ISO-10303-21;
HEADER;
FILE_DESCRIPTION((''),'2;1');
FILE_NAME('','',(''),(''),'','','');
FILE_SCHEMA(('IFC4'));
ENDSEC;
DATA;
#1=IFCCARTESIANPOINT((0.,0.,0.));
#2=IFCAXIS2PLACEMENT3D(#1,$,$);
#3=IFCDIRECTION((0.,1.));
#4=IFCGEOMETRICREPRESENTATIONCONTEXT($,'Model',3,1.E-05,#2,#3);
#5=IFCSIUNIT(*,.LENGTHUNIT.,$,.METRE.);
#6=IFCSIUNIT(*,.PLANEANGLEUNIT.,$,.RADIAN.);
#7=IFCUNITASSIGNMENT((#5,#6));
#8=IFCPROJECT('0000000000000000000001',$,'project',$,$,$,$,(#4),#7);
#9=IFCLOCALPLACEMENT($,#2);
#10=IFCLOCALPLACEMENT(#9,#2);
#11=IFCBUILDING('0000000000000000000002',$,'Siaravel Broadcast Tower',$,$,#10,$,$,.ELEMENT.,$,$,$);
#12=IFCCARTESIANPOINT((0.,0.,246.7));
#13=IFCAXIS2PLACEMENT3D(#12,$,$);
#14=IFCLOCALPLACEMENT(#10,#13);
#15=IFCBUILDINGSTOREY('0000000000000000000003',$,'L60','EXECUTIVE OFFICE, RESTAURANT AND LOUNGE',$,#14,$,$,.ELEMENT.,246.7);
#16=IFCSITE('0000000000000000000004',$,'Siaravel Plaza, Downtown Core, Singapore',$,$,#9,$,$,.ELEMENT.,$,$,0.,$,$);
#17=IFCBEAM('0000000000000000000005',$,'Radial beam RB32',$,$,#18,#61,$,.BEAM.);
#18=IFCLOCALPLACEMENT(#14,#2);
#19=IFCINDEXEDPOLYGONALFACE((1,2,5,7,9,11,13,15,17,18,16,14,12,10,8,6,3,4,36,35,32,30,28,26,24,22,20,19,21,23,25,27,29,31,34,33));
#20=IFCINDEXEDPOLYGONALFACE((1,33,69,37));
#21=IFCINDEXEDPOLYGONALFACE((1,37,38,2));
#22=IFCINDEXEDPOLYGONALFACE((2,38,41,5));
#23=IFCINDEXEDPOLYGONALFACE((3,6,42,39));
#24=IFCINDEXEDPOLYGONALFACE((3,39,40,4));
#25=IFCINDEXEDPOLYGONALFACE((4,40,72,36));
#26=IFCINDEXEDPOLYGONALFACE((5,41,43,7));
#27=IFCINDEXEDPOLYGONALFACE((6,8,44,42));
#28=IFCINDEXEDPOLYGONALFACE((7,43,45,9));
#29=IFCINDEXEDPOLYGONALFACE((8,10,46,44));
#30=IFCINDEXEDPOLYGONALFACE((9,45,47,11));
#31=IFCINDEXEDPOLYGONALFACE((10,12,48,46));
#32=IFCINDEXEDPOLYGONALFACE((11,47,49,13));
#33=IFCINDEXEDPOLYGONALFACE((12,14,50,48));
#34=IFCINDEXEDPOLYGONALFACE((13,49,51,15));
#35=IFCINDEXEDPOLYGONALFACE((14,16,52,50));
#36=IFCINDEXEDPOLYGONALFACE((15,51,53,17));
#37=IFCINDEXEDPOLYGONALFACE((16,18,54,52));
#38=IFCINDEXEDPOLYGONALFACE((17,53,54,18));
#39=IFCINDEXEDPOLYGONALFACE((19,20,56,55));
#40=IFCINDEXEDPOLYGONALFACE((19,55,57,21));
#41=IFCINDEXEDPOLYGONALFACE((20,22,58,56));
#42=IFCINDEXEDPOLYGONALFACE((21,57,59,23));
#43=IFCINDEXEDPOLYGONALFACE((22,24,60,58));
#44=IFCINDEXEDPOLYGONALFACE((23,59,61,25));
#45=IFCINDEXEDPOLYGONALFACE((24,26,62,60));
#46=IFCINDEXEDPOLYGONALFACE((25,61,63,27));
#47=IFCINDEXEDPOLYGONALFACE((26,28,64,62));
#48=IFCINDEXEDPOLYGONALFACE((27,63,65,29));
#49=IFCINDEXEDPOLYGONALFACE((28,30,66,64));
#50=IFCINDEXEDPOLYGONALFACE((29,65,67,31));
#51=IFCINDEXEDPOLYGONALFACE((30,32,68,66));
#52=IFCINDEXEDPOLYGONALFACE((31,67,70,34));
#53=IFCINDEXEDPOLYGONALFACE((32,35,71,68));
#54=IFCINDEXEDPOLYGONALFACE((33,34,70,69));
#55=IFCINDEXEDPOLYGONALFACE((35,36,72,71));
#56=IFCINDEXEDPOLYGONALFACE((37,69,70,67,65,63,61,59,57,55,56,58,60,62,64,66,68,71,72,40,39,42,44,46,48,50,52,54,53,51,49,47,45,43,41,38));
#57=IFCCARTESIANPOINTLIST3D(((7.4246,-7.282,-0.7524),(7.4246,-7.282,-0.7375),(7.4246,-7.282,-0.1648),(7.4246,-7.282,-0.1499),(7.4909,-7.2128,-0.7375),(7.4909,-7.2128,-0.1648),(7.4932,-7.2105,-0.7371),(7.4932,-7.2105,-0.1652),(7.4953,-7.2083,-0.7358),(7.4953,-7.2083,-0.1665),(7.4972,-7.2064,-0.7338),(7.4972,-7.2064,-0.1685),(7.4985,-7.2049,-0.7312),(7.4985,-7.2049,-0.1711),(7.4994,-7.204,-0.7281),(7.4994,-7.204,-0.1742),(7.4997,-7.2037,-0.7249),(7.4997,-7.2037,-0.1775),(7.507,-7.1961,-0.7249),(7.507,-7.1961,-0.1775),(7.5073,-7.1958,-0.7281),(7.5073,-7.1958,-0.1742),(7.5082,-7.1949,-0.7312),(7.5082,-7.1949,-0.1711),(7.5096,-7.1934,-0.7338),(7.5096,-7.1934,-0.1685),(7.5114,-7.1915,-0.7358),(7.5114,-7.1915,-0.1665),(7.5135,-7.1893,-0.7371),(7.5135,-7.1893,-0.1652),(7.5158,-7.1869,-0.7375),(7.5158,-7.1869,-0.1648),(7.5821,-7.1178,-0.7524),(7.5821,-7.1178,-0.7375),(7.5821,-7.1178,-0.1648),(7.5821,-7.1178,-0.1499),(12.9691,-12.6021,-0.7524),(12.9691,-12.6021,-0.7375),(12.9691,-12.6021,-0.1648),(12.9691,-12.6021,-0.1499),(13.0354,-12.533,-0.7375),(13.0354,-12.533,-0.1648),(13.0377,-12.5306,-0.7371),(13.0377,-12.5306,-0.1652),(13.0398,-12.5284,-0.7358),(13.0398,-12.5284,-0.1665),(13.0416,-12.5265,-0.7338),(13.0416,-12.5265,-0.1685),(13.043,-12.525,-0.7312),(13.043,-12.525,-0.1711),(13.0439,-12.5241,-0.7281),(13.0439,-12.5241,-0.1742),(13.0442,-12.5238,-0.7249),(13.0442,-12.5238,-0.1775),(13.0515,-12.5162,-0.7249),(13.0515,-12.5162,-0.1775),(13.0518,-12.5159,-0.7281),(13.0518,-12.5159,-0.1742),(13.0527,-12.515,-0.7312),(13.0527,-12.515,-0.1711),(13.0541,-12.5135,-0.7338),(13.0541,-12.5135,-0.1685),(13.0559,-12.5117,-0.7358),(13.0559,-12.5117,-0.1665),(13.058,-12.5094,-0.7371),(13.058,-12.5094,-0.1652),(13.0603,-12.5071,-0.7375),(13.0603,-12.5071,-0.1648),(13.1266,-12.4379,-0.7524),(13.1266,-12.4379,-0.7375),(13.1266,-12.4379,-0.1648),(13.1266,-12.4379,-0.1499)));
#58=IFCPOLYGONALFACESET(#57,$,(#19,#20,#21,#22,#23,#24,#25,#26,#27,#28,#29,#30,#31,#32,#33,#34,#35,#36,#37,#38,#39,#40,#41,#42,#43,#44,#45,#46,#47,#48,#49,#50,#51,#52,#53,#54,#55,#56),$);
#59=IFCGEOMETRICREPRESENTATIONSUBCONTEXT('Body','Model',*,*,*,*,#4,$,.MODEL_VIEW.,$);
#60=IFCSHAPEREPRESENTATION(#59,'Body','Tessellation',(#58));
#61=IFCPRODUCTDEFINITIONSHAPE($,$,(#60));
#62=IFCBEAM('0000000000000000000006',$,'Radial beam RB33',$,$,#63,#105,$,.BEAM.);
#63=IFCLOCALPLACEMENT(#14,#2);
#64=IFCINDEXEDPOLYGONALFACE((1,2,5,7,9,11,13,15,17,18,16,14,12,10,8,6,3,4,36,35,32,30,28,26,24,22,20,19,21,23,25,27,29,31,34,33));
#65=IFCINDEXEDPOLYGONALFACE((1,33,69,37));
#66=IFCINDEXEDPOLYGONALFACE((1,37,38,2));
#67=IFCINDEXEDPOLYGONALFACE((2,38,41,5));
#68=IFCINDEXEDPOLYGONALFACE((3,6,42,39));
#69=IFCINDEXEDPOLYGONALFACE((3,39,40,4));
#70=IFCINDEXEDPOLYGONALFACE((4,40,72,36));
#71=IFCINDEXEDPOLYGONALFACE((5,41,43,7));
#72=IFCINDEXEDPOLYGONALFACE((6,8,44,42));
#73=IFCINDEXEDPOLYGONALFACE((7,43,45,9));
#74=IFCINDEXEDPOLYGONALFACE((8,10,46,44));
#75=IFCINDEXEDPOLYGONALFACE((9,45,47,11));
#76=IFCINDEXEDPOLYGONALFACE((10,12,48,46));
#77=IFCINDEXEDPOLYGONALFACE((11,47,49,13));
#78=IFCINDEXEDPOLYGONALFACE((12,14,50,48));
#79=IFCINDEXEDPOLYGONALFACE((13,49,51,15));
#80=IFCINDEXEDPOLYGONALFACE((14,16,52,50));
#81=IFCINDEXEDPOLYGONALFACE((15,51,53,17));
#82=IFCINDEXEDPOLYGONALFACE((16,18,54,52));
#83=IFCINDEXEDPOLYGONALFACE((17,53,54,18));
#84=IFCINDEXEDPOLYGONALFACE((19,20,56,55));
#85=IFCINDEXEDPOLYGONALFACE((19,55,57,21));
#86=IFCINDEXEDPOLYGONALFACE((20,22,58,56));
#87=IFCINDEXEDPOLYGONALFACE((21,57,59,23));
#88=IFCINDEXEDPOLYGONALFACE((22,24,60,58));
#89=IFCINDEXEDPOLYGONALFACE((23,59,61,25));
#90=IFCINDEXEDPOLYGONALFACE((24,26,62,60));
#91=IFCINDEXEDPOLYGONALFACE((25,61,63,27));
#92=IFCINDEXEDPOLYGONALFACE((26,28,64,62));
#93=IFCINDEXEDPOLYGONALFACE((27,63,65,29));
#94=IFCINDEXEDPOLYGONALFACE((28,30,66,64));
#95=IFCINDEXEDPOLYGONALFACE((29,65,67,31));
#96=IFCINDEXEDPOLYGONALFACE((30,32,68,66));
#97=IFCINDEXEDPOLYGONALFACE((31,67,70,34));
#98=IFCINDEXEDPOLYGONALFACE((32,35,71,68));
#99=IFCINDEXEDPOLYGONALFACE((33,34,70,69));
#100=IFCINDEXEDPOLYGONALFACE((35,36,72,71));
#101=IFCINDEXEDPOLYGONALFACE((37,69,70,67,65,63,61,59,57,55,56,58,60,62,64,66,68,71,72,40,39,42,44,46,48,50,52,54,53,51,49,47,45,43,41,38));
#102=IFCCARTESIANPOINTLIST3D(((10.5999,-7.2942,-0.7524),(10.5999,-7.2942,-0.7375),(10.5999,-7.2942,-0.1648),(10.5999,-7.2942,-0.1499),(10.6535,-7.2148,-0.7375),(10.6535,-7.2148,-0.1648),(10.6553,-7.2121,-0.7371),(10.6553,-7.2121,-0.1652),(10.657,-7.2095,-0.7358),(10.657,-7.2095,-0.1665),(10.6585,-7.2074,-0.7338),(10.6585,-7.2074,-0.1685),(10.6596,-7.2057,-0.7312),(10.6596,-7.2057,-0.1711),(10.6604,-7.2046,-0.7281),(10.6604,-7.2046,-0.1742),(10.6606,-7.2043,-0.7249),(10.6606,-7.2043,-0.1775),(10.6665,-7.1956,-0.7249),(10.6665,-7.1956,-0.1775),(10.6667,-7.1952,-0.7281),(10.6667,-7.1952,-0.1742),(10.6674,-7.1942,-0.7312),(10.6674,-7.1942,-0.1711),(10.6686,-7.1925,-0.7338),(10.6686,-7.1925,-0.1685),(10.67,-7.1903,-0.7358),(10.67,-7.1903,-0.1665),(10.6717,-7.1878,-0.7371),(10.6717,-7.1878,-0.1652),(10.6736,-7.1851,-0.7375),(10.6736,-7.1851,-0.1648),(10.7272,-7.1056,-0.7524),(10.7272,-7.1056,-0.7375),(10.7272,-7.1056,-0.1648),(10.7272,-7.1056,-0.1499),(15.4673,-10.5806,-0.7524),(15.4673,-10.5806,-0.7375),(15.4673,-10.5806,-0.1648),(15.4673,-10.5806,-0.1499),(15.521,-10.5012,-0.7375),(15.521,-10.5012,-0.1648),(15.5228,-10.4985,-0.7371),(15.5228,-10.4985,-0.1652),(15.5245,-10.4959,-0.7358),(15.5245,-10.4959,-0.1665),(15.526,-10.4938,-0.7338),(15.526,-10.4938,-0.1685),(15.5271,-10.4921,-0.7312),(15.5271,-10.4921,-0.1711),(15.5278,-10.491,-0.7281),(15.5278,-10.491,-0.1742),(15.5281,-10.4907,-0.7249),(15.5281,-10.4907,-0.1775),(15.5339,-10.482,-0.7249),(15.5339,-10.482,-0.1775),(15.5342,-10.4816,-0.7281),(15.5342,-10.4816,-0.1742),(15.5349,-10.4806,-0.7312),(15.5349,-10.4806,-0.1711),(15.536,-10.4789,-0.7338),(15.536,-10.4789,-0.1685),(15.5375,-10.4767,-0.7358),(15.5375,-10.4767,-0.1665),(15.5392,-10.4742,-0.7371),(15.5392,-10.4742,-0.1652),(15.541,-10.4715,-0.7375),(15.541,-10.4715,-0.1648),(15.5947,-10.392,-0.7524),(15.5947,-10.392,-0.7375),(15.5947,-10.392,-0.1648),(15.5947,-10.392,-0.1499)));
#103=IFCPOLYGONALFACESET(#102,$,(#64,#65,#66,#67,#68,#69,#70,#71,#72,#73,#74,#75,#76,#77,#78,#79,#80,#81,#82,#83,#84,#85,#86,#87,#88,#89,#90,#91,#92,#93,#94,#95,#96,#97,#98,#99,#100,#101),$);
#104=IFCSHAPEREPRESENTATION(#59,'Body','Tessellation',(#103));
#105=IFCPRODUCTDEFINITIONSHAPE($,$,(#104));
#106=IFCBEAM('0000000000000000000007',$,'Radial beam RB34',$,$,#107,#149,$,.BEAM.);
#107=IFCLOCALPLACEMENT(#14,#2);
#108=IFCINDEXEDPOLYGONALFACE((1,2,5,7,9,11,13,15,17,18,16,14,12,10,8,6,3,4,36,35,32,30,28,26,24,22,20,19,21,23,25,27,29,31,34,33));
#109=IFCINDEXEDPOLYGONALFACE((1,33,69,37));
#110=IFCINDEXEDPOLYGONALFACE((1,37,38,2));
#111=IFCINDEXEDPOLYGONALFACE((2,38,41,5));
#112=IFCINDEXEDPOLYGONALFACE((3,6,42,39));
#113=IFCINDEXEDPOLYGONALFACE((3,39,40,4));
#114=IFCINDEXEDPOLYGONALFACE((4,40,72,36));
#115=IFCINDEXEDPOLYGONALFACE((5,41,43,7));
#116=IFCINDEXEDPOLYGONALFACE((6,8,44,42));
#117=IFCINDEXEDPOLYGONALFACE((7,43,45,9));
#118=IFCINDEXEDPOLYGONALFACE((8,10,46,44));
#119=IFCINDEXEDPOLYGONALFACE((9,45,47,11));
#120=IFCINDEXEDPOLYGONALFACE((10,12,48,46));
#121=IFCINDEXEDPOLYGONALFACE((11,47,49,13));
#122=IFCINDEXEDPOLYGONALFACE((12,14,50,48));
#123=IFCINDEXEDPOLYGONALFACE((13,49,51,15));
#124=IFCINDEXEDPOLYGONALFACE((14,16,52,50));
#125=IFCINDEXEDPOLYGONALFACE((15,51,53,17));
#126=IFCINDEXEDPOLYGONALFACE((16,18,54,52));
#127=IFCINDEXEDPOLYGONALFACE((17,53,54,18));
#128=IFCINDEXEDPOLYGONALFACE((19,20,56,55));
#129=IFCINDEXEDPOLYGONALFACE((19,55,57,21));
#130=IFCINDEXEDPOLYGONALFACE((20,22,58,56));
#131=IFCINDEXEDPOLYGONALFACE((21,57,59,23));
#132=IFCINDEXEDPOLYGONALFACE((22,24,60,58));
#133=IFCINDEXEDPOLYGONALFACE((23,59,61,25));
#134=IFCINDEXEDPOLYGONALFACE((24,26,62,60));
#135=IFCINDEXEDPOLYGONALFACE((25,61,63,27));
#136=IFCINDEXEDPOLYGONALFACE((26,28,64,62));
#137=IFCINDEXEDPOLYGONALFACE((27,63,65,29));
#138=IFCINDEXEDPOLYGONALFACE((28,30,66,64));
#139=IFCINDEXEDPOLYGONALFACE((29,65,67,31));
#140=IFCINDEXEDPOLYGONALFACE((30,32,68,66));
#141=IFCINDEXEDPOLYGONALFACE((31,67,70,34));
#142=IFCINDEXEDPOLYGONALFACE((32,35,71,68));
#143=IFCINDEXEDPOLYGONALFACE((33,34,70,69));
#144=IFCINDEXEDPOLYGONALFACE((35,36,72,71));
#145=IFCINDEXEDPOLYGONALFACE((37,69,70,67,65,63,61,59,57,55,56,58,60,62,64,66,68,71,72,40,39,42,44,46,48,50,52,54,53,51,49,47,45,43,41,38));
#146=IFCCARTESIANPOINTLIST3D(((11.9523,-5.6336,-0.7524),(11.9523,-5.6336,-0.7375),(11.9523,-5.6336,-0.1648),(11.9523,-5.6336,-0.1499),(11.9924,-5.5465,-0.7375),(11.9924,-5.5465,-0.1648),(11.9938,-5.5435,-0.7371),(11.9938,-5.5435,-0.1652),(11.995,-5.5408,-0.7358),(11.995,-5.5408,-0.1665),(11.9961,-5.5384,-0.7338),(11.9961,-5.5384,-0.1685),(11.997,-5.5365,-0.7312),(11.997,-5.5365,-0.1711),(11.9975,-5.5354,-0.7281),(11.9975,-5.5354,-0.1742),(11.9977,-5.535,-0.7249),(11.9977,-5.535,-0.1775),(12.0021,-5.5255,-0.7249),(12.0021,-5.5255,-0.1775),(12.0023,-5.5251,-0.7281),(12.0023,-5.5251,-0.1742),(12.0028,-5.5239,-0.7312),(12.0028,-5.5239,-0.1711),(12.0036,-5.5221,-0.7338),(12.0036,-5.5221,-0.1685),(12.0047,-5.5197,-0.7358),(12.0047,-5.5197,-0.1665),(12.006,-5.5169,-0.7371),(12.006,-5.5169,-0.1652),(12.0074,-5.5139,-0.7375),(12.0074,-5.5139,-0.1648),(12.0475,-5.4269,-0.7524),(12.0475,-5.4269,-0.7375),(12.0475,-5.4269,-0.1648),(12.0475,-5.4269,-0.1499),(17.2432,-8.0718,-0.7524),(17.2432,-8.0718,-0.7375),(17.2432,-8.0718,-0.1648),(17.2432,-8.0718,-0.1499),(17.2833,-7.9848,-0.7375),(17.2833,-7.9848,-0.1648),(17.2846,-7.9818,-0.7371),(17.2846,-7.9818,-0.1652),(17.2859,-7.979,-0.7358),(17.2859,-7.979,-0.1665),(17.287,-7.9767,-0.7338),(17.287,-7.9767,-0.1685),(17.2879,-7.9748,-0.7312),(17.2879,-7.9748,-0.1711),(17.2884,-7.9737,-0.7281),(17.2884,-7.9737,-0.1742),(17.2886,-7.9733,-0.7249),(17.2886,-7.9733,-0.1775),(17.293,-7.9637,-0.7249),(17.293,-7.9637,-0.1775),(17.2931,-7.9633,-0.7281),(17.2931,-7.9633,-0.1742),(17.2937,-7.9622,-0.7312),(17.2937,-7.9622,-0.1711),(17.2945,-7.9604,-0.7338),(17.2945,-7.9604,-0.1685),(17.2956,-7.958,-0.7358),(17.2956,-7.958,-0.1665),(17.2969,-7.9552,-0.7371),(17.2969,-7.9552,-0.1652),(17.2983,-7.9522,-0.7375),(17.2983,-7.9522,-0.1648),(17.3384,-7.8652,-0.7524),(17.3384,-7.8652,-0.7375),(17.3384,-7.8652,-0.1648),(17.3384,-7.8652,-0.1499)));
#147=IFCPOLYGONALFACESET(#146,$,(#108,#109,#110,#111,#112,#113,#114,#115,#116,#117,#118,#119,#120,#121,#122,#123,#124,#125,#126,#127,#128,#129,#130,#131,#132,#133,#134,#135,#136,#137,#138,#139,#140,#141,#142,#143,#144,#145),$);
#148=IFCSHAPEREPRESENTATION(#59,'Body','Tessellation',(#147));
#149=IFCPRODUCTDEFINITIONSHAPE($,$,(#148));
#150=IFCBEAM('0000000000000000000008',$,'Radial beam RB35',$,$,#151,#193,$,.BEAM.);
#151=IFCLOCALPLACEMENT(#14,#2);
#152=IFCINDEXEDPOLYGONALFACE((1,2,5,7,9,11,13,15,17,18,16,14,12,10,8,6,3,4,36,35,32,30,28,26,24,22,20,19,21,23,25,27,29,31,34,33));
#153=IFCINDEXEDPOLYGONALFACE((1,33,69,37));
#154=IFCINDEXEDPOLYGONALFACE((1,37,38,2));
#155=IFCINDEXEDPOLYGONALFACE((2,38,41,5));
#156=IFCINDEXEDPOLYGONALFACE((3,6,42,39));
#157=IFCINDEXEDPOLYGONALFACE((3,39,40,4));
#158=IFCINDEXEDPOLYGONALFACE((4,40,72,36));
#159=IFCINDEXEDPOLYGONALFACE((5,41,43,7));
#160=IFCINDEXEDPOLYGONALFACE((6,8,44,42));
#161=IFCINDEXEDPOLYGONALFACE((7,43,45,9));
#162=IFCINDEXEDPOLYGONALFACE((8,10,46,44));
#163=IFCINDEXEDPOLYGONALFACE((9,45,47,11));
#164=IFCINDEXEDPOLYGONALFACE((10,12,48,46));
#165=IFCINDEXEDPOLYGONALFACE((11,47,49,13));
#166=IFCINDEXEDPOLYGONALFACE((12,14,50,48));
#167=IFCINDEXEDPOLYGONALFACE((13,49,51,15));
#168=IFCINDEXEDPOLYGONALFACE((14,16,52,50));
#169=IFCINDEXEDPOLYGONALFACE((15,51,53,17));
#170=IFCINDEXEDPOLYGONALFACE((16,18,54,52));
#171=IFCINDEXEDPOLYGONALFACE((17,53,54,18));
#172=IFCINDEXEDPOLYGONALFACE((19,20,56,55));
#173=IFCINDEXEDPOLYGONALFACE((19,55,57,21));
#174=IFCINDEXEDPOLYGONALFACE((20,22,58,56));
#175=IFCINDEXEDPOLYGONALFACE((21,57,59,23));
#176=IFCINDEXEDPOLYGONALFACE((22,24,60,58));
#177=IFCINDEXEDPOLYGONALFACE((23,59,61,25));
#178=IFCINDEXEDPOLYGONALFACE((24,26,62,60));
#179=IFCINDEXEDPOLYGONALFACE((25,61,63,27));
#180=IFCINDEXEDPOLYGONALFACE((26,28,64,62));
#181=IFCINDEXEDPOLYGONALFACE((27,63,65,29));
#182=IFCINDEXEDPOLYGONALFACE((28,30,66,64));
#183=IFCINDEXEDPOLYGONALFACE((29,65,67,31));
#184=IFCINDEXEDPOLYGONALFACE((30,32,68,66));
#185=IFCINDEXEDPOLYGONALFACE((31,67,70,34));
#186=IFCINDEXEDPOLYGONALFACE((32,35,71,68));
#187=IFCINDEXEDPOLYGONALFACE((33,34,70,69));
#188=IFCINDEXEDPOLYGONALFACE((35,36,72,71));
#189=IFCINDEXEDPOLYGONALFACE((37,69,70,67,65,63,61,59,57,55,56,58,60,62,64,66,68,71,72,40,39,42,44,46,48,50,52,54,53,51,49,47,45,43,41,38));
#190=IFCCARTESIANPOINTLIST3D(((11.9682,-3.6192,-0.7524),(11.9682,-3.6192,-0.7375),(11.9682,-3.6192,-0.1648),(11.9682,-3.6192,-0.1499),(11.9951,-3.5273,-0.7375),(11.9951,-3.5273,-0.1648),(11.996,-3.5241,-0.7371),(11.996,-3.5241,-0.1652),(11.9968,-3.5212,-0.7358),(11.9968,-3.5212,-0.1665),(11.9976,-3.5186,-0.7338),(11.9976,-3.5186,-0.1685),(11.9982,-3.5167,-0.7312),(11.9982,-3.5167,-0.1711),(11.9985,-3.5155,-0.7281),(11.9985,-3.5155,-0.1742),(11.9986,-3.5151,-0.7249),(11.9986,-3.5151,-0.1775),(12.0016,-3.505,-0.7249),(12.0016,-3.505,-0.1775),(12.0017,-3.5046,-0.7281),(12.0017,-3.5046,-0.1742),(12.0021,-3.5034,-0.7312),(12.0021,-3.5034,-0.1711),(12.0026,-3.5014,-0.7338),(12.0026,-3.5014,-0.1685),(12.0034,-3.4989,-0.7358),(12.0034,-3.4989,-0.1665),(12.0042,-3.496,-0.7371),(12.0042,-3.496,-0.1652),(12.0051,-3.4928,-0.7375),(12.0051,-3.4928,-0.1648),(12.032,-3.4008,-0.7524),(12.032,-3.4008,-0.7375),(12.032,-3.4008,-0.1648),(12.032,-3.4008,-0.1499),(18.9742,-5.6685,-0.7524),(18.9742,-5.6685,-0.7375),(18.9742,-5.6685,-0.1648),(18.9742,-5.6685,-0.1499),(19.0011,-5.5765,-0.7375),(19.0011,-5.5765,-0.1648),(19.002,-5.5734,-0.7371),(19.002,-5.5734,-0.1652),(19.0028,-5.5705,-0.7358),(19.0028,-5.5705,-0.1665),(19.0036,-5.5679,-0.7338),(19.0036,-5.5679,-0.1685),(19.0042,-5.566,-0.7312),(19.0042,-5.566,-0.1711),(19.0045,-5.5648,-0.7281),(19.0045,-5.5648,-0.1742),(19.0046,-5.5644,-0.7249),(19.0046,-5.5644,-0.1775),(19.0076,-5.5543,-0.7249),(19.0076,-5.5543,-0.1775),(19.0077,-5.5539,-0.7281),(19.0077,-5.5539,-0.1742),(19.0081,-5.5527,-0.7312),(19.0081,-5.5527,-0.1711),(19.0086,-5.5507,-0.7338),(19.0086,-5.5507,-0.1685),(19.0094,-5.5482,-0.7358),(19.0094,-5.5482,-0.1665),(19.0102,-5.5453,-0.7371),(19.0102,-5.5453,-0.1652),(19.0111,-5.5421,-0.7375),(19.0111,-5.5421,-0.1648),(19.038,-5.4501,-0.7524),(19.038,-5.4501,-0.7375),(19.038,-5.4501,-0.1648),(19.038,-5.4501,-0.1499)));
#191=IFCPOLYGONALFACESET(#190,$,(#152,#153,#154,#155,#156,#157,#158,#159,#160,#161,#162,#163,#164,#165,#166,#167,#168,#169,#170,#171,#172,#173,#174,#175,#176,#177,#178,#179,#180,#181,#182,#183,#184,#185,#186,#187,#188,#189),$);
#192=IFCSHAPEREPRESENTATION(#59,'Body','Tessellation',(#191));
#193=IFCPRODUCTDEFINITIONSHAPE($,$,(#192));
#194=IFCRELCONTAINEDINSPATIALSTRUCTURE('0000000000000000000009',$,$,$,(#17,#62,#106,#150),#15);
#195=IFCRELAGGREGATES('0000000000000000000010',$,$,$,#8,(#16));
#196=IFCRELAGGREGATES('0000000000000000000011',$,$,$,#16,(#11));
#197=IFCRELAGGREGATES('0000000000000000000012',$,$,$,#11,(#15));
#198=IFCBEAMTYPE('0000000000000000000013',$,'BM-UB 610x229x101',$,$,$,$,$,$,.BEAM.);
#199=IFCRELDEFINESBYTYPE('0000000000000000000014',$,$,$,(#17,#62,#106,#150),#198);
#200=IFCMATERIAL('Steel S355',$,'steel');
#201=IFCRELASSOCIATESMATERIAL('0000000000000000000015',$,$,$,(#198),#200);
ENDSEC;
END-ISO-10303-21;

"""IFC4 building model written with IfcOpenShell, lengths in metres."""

from ifc_helpers import new_model, si_unit, direction, frame, origin, origin_2d, place, context, subcontext, project, spatial, i_section, extrude, material, material_profile, profile_set, type_object, element, save


model = new_model("IFC4")

# Units and contexts
model_context = context("Model", 3, precision=1e-05, world=origin(), true_north=direction((0.0, 1.0)))
body_context = subcontext(model_context, "Body", "Model", "MODEL_VIEW")
ifc_project = project(units=[si_unit("LENGTHUNIT", "METRE"), si_unit("PLANEANGLEUNIT", "RADIAN")], contexts=[model_context])

# Site, building, storey
site_placement = place(None, origin())
site = spatial("IfcSite", under=ifc_project, at=site_placement, Name="Siaravel Plaza, Downtown Core, Singapore", CompositionType="ELEMENT", RefElevation=0.0)
building_placement = place(site_placement, origin())
building = spatial("IfcBuilding", under=site, at=building_placement, Name="Siaravel Broadcast Tower", CompositionType="ELEMENT")
storey_placement = place(building_placement, frame((0.0, 0.0, 246.7)))
storey = spatial("IfcBuildingStorey", under=building, at=storey_placement, Name="L60", Description="EXECUTIVE OFFICE, RESTAURANT AND LOUNGE", CompositionType="ELEMENT", Elevation=246.7)

# Beams
ifc_material_1 = material(Name="Steel S355", Category="steel")
ifc_material_profile_1 = material_profile(ifc_material_1, i_section(OverallWidth=0.2275, OverallDepth=0.6025, WebThickness=0.0105, FlangeThickness=0.0149, FilletRadius=0.0127, at=origin_2d()))
ifc_profile_set_1 = profile_set([ifc_material_profile_1], Name="Steel S355")
beam_type = type_object("IfcBeamType", Name="BM-UB 610x229x101", PredefinedType="BEAM", material=ifc_profile_set_1)
beam_1_placement = place(storey_placement, frame((13.0479, -12.52, -0.4512), z_axis=(-0.721556, 0.692357, 0.0), x_axis=(-0.692357, -0.721556, 0.0)))
element("IfcBeam", 1, at=beam_1_placement, inside=storey, type_object=beam_type, Name="Radial beam RB32", PredefinedType="BEAM", context=body_context, shape_type="SweptSolid", body=[
    extrude(i_section(OverallWidth=0.2275, OverallDepth=0.6025, WebThickness=0.0105, FlangeThickness=0.0149, FilletRadius=0.0127, at=origin_2d()), origin(), (0.0, 0.0, 1.0), 7.6841),
])
beam_2_placement = place(storey_placement, frame((15.531, -10.4863, -0.4512), z_axis=(-0.828781, 0.559574, 0.0), x_axis=(-0.559574, -0.828781, 0.0)))
element("IfcBeam", 2, at=beam_2_placement, inside=storey, type_object=beam_type, Name="Radial beam RB33", PredefinedType="BEAM", context=body_context, shape_type="SweptSolid", body=[
    extrude(i_section(OverallWidth=0.2275, OverallDepth=0.6025, WebThickness=0.0105, FlangeThickness=0.0149, FilletRadius=0.0127, at=origin_2d()), origin(), (0.0, 0.0, 1.0), 5.873),
])
beam_3_placement = place(storey_placement, frame((17.2908, -7.9685, -0.4512), z_axis=(-0.908198, 0.41854, 0.0), x_axis=(-0.41854, -0.908198, 0.0)))
element("IfcBeam", 3, at=beam_3_placement, inside=storey, type_object=beam_type, Name="Radial beam RB34", PredefinedType="BEAM", context=body_context, shape_type="SweptSolid", body=[
    extrude(i_section(OverallWidth=0.2275, OverallDepth=0.6025, WebThickness=0.0105, FlangeThickness=0.0149, FilletRadius=0.0127, at=origin_2d()), origin(), (0.0, 0.0, 1.0), 5.8257),
])
beam_4_placement = place(storey_placement, frame((19.0061, -5.5593, -0.4512), z_axis=(-0.959784, 0.280741, 0.0), x_axis=(-0.280741, -0.959784, 0.0)))
element("IfcBeam", 4, at=beam_4_placement, inside=storey, type_object=beam_type, Name="Radial beam RB35", PredefinedType="BEAM", context=body_context, shape_type="SweptSolid", body=[
    extrude(i_section(OverallWidth=0.2275, OverallDepth=0.6025, WebThickness=0.0105, FlangeThickness=0.0149, FilletRadius=0.0127, at=origin_2d()), origin(), (0.0, 0.0, 1.0), 7.2996),
])

save(model, "model.ifc")
